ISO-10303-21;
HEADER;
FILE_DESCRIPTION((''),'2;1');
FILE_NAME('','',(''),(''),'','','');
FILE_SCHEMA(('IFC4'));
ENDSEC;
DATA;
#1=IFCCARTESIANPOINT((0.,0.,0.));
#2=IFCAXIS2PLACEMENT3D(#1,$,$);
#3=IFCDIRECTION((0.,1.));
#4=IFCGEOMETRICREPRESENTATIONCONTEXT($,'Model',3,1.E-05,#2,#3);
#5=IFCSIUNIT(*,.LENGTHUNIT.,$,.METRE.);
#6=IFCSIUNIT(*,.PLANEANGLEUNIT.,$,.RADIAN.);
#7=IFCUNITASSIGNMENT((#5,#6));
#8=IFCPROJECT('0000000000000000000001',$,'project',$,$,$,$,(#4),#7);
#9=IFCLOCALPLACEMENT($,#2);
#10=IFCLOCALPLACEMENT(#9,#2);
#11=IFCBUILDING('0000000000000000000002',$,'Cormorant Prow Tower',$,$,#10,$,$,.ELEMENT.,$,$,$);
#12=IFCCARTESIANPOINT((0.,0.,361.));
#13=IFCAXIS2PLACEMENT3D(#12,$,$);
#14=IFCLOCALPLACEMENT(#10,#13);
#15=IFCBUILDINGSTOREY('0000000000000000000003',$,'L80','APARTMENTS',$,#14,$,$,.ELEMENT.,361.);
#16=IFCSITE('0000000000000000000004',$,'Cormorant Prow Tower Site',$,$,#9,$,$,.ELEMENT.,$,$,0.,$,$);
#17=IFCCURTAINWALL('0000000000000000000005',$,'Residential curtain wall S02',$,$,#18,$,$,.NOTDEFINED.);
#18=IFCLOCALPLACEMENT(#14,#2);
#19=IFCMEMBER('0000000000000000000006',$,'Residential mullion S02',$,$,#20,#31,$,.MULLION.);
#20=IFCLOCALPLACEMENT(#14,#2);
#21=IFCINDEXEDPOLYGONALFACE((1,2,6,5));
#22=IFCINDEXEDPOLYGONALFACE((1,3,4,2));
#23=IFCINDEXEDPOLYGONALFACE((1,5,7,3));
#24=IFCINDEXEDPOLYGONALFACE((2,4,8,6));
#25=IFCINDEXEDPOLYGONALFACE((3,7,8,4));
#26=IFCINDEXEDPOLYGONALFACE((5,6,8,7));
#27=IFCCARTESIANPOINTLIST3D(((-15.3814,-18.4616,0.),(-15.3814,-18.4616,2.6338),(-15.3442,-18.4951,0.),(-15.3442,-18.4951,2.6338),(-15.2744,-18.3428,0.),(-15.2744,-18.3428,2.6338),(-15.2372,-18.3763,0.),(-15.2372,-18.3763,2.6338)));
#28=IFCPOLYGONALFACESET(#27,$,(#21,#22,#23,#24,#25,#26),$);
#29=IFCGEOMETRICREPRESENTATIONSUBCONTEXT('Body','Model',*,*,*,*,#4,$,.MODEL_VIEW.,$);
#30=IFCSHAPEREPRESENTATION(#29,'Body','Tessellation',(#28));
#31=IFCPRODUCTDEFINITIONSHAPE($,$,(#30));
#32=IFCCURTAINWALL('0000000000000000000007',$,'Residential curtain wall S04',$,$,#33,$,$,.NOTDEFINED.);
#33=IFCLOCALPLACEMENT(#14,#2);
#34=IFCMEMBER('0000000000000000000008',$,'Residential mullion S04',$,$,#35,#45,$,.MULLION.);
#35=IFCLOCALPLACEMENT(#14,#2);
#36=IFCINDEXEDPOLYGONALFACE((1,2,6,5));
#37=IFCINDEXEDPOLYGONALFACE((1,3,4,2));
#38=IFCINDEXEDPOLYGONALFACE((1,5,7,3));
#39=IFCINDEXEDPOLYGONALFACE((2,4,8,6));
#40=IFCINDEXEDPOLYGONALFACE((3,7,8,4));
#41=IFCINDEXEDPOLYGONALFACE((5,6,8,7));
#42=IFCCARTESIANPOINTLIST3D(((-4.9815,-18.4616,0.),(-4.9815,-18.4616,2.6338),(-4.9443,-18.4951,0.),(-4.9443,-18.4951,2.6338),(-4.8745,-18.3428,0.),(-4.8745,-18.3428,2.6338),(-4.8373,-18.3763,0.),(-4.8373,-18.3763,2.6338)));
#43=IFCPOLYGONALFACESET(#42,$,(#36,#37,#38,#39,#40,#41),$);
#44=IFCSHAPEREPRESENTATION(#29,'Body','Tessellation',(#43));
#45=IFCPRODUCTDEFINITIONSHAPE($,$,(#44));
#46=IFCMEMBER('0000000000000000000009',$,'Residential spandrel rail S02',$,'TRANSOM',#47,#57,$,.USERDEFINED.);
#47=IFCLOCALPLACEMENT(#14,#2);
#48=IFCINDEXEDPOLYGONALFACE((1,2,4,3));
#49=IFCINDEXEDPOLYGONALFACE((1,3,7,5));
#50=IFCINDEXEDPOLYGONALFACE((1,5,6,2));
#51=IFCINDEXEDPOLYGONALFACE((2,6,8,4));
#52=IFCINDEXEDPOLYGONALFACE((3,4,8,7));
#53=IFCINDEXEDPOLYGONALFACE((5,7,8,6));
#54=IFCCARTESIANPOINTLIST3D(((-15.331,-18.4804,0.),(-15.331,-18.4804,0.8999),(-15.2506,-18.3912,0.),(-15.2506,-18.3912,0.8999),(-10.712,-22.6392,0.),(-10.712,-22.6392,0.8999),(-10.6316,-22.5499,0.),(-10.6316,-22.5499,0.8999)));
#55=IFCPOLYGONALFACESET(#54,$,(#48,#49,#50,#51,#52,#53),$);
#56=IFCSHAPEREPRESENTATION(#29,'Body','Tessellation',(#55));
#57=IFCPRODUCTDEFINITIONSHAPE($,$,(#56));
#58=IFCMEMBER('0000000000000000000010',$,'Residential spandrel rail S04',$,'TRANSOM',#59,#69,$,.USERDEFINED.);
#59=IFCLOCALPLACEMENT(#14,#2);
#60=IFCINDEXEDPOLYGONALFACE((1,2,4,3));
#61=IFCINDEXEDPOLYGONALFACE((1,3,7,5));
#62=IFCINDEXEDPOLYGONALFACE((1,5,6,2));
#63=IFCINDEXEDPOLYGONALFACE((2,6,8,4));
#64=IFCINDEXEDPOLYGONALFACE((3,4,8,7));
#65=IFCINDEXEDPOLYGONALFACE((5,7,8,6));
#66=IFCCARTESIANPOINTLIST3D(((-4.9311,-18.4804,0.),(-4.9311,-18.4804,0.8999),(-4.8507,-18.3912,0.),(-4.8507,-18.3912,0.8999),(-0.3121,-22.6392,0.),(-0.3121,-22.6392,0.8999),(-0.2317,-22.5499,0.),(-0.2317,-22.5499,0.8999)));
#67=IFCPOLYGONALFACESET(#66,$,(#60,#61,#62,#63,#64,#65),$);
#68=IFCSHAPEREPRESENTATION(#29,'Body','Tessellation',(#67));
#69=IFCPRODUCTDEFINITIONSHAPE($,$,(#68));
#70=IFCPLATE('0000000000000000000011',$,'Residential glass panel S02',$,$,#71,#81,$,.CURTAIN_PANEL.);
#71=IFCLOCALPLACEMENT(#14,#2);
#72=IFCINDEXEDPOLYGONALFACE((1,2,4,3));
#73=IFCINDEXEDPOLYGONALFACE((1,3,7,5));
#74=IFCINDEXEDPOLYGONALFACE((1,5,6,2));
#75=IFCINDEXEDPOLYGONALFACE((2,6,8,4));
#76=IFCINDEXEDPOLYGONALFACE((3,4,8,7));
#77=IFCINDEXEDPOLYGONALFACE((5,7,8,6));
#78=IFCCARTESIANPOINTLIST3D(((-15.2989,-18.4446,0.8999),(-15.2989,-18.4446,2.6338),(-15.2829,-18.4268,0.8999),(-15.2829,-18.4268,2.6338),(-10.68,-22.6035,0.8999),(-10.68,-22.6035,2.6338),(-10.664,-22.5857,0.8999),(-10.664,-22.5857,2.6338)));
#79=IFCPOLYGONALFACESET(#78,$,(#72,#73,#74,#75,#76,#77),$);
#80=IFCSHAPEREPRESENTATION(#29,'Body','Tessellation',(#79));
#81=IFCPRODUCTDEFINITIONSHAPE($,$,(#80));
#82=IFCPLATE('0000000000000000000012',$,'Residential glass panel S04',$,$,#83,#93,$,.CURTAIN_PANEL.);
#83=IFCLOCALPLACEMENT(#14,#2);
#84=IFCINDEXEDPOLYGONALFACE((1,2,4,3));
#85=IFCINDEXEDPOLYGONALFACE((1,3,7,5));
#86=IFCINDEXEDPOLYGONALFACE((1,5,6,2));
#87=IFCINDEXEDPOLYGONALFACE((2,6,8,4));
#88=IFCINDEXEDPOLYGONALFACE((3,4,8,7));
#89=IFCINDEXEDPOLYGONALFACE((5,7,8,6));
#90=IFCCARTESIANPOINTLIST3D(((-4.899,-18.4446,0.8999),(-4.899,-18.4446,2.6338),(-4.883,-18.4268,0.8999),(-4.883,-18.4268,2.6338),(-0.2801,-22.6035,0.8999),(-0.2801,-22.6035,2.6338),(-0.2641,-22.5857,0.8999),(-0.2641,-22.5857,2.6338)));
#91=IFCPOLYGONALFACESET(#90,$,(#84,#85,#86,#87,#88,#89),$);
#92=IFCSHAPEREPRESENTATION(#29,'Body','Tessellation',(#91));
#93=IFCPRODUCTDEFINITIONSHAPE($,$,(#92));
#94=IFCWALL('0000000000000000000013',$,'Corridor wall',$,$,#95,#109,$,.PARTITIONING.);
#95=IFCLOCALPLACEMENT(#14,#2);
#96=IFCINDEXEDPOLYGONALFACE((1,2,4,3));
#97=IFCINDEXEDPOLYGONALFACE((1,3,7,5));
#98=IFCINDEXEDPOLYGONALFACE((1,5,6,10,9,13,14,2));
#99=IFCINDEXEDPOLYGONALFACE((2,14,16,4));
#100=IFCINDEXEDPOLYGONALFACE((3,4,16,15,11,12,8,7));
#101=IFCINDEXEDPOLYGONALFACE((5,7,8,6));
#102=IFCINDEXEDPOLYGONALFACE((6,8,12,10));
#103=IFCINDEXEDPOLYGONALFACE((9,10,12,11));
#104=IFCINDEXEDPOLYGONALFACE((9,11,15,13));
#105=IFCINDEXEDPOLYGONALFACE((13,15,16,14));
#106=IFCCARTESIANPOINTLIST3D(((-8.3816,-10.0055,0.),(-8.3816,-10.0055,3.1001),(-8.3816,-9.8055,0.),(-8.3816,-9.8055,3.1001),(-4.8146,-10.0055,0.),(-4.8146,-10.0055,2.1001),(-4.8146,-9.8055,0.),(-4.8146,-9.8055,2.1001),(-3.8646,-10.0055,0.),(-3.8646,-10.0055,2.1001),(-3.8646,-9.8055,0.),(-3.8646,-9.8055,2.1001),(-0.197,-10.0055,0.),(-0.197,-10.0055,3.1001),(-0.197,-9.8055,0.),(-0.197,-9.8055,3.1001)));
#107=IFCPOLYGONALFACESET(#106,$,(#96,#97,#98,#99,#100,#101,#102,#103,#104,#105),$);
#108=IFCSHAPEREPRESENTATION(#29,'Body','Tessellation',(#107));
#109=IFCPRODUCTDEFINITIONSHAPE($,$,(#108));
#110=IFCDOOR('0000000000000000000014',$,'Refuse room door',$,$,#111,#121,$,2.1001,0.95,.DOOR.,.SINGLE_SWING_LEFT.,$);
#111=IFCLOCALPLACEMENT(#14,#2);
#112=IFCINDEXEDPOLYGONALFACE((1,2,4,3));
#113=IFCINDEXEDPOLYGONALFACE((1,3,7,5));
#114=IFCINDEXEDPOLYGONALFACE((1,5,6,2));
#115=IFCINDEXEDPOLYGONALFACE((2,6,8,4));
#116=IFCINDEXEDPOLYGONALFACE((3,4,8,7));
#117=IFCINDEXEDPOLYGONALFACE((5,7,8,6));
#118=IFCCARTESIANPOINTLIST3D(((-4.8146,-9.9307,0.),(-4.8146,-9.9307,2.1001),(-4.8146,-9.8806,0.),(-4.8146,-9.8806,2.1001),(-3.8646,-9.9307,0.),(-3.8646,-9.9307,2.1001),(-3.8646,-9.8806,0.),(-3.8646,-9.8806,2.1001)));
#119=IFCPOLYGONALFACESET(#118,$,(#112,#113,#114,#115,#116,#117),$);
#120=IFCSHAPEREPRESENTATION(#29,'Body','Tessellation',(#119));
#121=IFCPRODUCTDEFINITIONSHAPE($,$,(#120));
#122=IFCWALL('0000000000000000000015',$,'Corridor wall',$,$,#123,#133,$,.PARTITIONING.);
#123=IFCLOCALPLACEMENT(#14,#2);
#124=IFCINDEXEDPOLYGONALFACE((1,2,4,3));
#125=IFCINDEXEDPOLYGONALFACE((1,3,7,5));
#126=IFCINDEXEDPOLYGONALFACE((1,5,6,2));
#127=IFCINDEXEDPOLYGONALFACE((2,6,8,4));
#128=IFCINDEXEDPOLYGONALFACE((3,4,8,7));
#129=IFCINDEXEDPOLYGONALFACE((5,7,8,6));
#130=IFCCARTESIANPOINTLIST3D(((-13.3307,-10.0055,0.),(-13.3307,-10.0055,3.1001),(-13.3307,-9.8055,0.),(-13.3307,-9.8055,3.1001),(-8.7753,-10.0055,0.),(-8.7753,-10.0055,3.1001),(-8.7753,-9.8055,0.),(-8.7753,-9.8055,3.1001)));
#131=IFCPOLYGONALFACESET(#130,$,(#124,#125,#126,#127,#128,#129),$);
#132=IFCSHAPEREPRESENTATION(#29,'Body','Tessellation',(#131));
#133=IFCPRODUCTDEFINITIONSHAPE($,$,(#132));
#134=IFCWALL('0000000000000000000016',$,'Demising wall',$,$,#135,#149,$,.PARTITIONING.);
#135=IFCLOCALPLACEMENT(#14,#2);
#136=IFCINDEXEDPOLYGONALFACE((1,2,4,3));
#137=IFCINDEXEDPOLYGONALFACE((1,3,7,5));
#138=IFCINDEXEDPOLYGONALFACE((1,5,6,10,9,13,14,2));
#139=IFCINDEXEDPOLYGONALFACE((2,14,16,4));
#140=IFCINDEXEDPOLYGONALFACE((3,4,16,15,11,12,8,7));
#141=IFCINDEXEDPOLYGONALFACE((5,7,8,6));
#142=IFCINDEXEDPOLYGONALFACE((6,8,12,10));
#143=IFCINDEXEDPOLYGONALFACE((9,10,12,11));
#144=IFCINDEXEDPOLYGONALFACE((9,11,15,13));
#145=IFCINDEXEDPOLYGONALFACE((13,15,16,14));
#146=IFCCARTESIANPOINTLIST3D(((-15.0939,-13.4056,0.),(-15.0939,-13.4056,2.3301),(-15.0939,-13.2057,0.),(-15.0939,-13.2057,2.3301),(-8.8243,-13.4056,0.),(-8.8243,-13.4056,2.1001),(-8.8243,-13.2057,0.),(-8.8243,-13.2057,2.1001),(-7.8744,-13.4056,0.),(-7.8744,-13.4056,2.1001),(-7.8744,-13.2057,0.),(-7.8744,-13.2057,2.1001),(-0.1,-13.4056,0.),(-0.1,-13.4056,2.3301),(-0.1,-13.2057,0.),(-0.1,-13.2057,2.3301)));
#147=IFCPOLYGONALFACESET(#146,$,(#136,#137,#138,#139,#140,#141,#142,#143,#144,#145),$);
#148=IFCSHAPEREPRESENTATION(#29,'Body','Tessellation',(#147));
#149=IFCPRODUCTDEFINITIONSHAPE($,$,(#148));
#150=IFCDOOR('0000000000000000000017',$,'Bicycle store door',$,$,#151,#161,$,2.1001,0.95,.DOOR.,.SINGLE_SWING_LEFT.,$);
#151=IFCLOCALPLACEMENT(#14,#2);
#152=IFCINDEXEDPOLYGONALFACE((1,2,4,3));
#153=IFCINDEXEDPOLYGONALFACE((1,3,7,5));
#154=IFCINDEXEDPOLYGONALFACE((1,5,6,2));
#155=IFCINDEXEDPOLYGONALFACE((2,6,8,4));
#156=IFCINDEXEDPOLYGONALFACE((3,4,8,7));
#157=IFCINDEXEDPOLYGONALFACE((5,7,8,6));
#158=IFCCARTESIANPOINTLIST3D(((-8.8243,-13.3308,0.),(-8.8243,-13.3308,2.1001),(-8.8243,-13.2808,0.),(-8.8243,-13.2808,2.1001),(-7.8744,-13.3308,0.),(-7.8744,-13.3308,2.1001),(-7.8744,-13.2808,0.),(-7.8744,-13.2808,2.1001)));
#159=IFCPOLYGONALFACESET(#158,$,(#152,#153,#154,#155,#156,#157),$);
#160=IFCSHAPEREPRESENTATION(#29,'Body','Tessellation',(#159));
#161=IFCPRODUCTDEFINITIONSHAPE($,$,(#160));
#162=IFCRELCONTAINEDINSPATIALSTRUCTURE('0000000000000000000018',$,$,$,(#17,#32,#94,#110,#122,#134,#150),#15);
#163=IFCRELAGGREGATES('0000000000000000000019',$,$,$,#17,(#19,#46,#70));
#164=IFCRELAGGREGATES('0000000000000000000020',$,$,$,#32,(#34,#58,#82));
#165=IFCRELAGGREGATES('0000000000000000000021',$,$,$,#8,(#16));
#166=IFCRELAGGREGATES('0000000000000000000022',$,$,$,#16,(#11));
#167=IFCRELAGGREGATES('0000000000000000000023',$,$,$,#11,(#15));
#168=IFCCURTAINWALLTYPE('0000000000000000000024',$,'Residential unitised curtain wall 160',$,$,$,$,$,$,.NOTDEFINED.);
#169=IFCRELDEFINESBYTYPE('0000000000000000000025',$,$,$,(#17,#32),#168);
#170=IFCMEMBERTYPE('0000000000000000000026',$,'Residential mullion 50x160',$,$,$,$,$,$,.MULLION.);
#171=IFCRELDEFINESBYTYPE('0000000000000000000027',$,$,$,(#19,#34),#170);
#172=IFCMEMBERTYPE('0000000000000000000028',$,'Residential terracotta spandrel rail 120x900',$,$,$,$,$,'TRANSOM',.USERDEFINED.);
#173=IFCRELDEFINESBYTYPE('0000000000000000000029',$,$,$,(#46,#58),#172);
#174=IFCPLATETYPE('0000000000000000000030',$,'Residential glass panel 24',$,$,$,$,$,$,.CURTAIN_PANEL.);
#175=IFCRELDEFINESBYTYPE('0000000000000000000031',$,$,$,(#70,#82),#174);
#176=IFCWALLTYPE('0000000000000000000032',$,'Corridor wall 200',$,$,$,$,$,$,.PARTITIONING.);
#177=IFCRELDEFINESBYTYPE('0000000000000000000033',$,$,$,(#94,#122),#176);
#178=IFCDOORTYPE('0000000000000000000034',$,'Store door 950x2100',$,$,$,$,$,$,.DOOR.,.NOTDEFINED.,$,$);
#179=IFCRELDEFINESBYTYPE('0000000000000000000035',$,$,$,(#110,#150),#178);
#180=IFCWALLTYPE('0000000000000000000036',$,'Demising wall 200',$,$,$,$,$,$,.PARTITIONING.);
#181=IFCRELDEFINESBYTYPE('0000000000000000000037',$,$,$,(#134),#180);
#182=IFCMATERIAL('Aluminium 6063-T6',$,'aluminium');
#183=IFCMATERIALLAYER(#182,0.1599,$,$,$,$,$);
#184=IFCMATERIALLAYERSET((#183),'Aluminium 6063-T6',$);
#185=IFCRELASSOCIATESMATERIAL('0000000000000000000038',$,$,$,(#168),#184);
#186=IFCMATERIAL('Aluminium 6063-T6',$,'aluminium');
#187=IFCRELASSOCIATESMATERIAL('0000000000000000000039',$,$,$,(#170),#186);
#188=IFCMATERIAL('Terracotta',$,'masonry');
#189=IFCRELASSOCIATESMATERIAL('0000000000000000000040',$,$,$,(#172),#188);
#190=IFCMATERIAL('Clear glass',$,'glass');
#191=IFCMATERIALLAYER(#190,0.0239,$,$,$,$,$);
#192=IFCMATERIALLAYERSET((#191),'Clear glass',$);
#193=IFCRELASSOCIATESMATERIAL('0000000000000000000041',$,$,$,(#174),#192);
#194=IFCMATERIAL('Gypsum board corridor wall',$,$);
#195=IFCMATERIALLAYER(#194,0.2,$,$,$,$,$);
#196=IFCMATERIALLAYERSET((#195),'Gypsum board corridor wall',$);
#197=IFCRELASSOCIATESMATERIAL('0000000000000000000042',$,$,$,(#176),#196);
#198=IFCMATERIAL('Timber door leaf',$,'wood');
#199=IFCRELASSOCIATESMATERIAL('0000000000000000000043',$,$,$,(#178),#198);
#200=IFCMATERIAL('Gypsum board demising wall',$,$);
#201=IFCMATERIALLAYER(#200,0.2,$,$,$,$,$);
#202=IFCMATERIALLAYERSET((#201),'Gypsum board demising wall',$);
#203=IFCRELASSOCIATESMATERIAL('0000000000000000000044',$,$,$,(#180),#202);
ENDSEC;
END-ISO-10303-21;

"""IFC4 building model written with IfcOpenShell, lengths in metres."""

from ifc_helpers import new_model, si_unit, direction, frame, frame_2d, origin, origin_2d, place, context, subcontext, project, spatial, rectangle, extrude, material, layer, layer_set, material_profile, profile_set, type_object, element, fill, aggregate, save


model = new_model("IFC4")

# Units and contexts
model_context = context("Model", 3, precision=1e-05, world=origin(), true_north=direction((0.0, 1.0)))
body_context = subcontext(model_context, "Body", "Model", "MODEL_VIEW")
ifc_project = project(units=[si_unit("LENGTHUNIT", "METRE"), si_unit("PLANEANGLEUNIT", "RADIAN")], contexts=[model_context])

# Site, building, storey
site_placement = place(None, origin())
site = spatial("IfcSite", under=ifc_project, at=site_placement, Name="Cormorant Prow Tower Site", CompositionType="ELEMENT", RefElevation=0.0)
building_placement = place(site_placement, origin())
building = spatial("IfcBuilding", under=site, at=building_placement, Name="Cormorant Prow Tower", CompositionType="ELEMENT")
storey_placement = place(building_placement, frame((0.0, 0.0, 361.0)))
storey = spatial("IfcBuildingStorey", under=building, at=storey_placement, Name="L80", Description="APARTMENTS", CompositionType="ELEMENT", Elevation=361.0)

# Curtain walls, members
ifc_material_1 = material(Name="Aluminium 6063-T6", Category="aluminium")
ifc_layer_1 = layer(ifc_material_1, 0.1599)
ifc_layer_set_1 = layer_set([ifc_layer_1], Name="Aluminium 6063-T6")
curtain_wall_type = type_object("IfcCurtainWallType", Name="Residential unitised curtain wall 160", PredefinedType="NOTDEFINED", material=ifc_layer_set_1)
curtain_wall_1_placement = place(storey_placement, origin())
curtain_wall_1 = element("IfcCurtainWall", 1, at=curtain_wall_1_placement, inside=storey, type_object=curtain_wall_type, Name="Residential curtain wall S02", PredefinedType="NOTDEFINED")
ifc_material_2 = material(Name="Aluminium 6063-T6", Category="aluminium")
ifc_material_profile_1 = material_profile(ifc_material_2, rectangle(XDim=0.1599, YDim=0.05, at=origin_2d()), Name="Residential mullion 50x160")
ifc_profile_set_1 = profile_set([ifc_material_profile_1], Name="Aluminium 6063-T6")
member_type_1 = type_object("IfcMemberType", Name="Residential mullion 50x160", PredefinedType="MULLION", material=ifc_profile_set_1)
member_1_placement = place(storey_placement, frame((-15.3093, -18.4189, 0.0), z_axis=(0.0, 0.0, 1.0), x_axis=(0.669131, 0.743145, 0.0)))
member_1 = element("IfcMember", 2, at=member_1_placement, type_object=member_type_1, Name="Residential mullion S02", PredefinedType="MULLION", context=body_context, shape_type="SweptSolid", body=[
    extrude(rectangle(XDim=0.1599, YDim=0.05, at=origin_2d()), origin(), (0.0, 0.0, 1.0), 2.6338),
])
curtain_wall_2_placement = place(storey_placement, origin())
curtain_wall_2 = element("IfcCurtainWall", 3, at=curtain_wall_2_placement, inside=storey, type_object=curtain_wall_type, Name="Residential curtain wall S04", PredefinedType="NOTDEFINED")
member_2_placement = place(storey_placement, frame((-4.9094, -18.4189, 0.0), z_axis=(0.0, 0.0, 1.0), x_axis=(0.669131, 0.743145, 0.0)))
member_2 = element("IfcMember", 4, at=member_2_placement, type_object=member_type_1, Name="Residential mullion S04", PredefinedType="MULLION", context=body_context, shape_type="SweptSolid", body=[
    extrude(rectangle(XDim=0.1599, YDim=0.05, at=origin_2d()), origin(), (0.0, 0.0, 1.0), 2.6338),
])

# Members
ifc_material_3 = material(Name="Terracotta", Category="masonry")
ifc_material_profile_2 = material_profile(ifc_material_3, rectangle(XDim=0.1201, YDim=0.8999, at=origin_2d()), Name="Residential terracotta spandrel rail 120x900")
ifc_profile_set_2 = profile_set([ifc_material_profile_2], Name="Terracotta")
member_type_2 = type_object("IfcMemberType", Name="Residential terracotta spandrel rail 120x900", ElementType="TRANSOM", PredefinedType="USERDEFINED", material=ifc_profile_set_2)
member_3_placement = place(storey_placement, frame((-15.2908, -18.4358, 0.45), z_axis=(0.743159, -0.669114, 0.0), x_axis=(0.669114, 0.743159, 0.0)))
member_3 = element("IfcMember", 5, at=member_3_placement, type_object=member_type_2, Name="Residential spandrel rail S02", ObjectType="TRANSOM", PredefinedType="USERDEFINED", context=body_context, shape_type="SweptSolid", body=[
    extrude(rectangle(XDim=0.1201, YDim=0.8999, at=origin_2d()), origin(), (0.0, 0.0, 1.0), 6.2153),
])
member_4_placement = place(storey_placement, frame((-4.8909, -18.4358, 0.45), z_axis=(0.743159, -0.669114, 0.0), x_axis=(0.669114, 0.743159, 0.0)))
member_4 = element("IfcMember", 6, at=member_4_placement, type_object=member_type_2, Name="Residential spandrel rail S04", ObjectType="TRANSOM", PredefinedType="USERDEFINED", context=body_context, shape_type="SweptSolid", body=[
    extrude(rectangle(XDim=0.1201, YDim=0.8999, at=origin_2d()), origin(), (0.0, 0.0, 1.0), 6.2153),
])

# Plates
ifc_material_4 = material(Name="Clear glass", Category="glass")
ifc_layer_2 = layer(ifc_material_4, 0.0239)
ifc_layer_set_2 = layer_set([ifc_layer_2], Name="Clear glass")
plate_type = type_object("IfcPlateType", Name="Residential glass panel 24", PredefinedType="CURTAIN_PANEL", material=ifc_layer_set_2)
plate_1_placement = place(storey_placement, frame((-12.9814, -20.5151, 0.8999), z_axis=(0.0, 0.0, 1.0), x_axis=(0.743145, -0.669131, 0.0)))
plate_1 = element("IfcPlate", 7, at=plate_1_placement, type_object=plate_type, Name="Residential glass panel S02", PredefinedType="CURTAIN_PANEL", context=body_context, shape_type="SweptSolid", body=[
    extrude(rectangle(XDim=6.2153, YDim=0.0239, at=origin_2d()), origin(), (0.0, 0.0, 1.0), 1.7339),
])
aggregate(curtain_wall_1, [member_1, member_3, plate_1])
plate_2_placement = place(storey_placement, frame((-2.5815, -20.5151, 0.8999), z_axis=(0.0, 0.0, 1.0), x_axis=(0.743145, -0.669131, 0.0)))
plate_2 = element("IfcPlate", 8, at=plate_2_placement, type_object=plate_type, Name="Residential glass panel S04", PredefinedType="CURTAIN_PANEL", context=body_context, shape_type="SweptSolid", body=[
    extrude(rectangle(XDim=6.2153, YDim=0.0239, at=origin_2d()), origin(), (0.0, 0.0, 1.0), 1.7339),
])
aggregate(curtain_wall_2, [member_2, member_4, plate_2])

# Wall, opening, door
ifc_material_5 = material(Name="Gypsum board corridor wall")
ifc_layer_3 = layer(ifc_material_5, 0.2)
ifc_layer_set_3 = layer_set([ifc_layer_3], Name="Gypsum board corridor wall")
wall_type_1 = type_object("IfcWallType", Name="Corridor wall 200", PredefinedType="PARTITIONING", material=ifc_layer_set_3)
wall_1_placement = place(storey_placement, frame((-8.3816, -9.9055, 0.0), z_axis=(0.0, 0.0, 1.0), x_axis=(1.0, 0.0, 0.0)))
wall_1 = element("IfcWall", 9, at=wall_1_placement, inside=storey, type_object=wall_type_1, Name="Corridor wall", PredefinedType="PARTITIONING", context=body_context, shape_type="SweptSolid", body=[
    extrude(rectangle(XDim=8.1846, YDim=0.2, at=frame_2d((4.0923, 0.0))), origin(), (0.0, 0.0, 1.0), 3.1001),
])
opening_1_placement = place(wall_1_placement, frame((3.5669, 0.0, 0.0)))
opening_1 = element("IfcOpeningElement", 10, at=opening_1_placement, cuts=wall_1, PredefinedType="OPENING", context=body_context, shape_type="SweptSolid", body=[
    extrude(rectangle(XDim=0.95, YDim=2.1001, at=frame_2d((0.4751, 1.05))), frame((0.0, 0.1099, 0.0), z_axis=(0.0, -1.0, 0.0), x_axis=(1.0, 0.0, 0.0)), (0.0, 0.0, 1.0), 0.22),
])
ifc_material_6 = material(Name="Timber door leaf", Category="wood")
door_type_1 = type_object("IfcDoorType", Name="Store door 950x2100", OperationType="NOTDEFINED", PredefinedType="DOOR", material=ifc_material_6)
door_1_placement = place(opening_1_placement, origin())
door_1 = element("IfcDoor", 11, at=door_1_placement, inside=storey, type_object=door_type_1, Name="Refuse room door", OperationType="SINGLE_SWING_LEFT", OverallHeight=2.1001, OverallWidth=0.95, PredefinedType="DOOR", context=body_context, shape_type="SweptSolid", body=[
    extrude(rectangle(XDim=0.95, YDim=2.1001, at=frame_2d((0.4751, 1.05))), frame((0.0, 0.0249, 0.0), z_axis=(0.0, -1.0, 0.0), x_axis=(1.0, 0.0, 0.0)), (0.0, 0.0, 1.0), 0.05),
])
fill(opening_1, door_1)

# Wall
wall_2_placement = place(storey_placement, frame((-13.3308, -9.9055, 0.0), z_axis=(0.0, 0.0, 1.0), x_axis=(1.0, 0.0, 0.0)))
element("IfcWall", 12, at=wall_2_placement, inside=storey, type_object=wall_type_1, Name="Corridor wall", PredefinedType="PARTITIONING", context=body_context, shape_type="SweptSolid", body=[
    extrude(rectangle(XDim=4.5554, YDim=0.2, at=frame_2d((2.2778, 0.0))), origin(), (0.0, 0.0, 1.0), 3.1001),
])

# Wall, opening, door
ifc_material_7 = material(Name="Gypsum board demising wall")
ifc_layer_4 = layer(ifc_material_7, 0.2)
ifc_layer_set_4 = layer_set([ifc_layer_4], Name="Gypsum board demising wall")
wall_type_2 = type_object("IfcWallType", Name="Demising wall 200", PredefinedType="PARTITIONING", material=ifc_layer_set_4)
wall_3_placement = place(storey_placement, frame((-15.094, -13.3057, 0.0), z_axis=(0.0, 0.0, 1.0), x_axis=(1.0, 0.0, 0.0)))
wall_3 = element("IfcWall", 13, at=wall_3_placement, inside=storey, type_object=wall_type_2, Name="Demising wall", PredefinedType="PARTITIONING", context=body_context, shape_type="SweptSolid", body=[
    extrude(rectangle(XDim=14.9939, YDim=0.2, at=frame_2d((7.4971, 0.0))), origin(), (0.0, 0.0, 1.0), 2.3301),
])
opening_2_placement = place(wall_3_placement, frame((6.2695, 0.0, 0.0)))
opening_2 = element("IfcOpeningElement", 14, at=opening_2_placement, cuts=wall_3, PredefinedType="OPENING", context=body_context, shape_type="SweptSolid", body=[
    extrude(rectangle(XDim=0.95, YDim=2.1001, at=frame_2d((0.4751, 1.05))), frame((0.0, 0.1099, 0.0), z_axis=(0.0, -1.0, 0.0), x_axis=(1.0, 0.0, 0.0)), (0.0, 0.0, 1.0), 0.22),
])
door_2_placement = place(opening_2_placement, origin())
door_2 = element("IfcDoor", 15, at=door_2_placement, inside=storey, type_object=door_type_1, Name="Bicycle store door", OperationType="SINGLE_SWING_LEFT", OverallHeight=2.1001, OverallWidth=0.95, PredefinedType="DOOR", context=body_context, shape_type="SweptSolid", body=[
    extrude(rectangle(XDim=0.95, YDim=2.1001, at=frame_2d((0.4751, 1.05))), frame((0.0, 0.0249, 0.0), z_axis=(0.0, -1.0, 0.0), x_axis=(1.0, 0.0, 0.0)), (0.0, 0.0, 1.0), 0.05),
])
fill(opening_2, door_2)

save(model, "model.ifc")
